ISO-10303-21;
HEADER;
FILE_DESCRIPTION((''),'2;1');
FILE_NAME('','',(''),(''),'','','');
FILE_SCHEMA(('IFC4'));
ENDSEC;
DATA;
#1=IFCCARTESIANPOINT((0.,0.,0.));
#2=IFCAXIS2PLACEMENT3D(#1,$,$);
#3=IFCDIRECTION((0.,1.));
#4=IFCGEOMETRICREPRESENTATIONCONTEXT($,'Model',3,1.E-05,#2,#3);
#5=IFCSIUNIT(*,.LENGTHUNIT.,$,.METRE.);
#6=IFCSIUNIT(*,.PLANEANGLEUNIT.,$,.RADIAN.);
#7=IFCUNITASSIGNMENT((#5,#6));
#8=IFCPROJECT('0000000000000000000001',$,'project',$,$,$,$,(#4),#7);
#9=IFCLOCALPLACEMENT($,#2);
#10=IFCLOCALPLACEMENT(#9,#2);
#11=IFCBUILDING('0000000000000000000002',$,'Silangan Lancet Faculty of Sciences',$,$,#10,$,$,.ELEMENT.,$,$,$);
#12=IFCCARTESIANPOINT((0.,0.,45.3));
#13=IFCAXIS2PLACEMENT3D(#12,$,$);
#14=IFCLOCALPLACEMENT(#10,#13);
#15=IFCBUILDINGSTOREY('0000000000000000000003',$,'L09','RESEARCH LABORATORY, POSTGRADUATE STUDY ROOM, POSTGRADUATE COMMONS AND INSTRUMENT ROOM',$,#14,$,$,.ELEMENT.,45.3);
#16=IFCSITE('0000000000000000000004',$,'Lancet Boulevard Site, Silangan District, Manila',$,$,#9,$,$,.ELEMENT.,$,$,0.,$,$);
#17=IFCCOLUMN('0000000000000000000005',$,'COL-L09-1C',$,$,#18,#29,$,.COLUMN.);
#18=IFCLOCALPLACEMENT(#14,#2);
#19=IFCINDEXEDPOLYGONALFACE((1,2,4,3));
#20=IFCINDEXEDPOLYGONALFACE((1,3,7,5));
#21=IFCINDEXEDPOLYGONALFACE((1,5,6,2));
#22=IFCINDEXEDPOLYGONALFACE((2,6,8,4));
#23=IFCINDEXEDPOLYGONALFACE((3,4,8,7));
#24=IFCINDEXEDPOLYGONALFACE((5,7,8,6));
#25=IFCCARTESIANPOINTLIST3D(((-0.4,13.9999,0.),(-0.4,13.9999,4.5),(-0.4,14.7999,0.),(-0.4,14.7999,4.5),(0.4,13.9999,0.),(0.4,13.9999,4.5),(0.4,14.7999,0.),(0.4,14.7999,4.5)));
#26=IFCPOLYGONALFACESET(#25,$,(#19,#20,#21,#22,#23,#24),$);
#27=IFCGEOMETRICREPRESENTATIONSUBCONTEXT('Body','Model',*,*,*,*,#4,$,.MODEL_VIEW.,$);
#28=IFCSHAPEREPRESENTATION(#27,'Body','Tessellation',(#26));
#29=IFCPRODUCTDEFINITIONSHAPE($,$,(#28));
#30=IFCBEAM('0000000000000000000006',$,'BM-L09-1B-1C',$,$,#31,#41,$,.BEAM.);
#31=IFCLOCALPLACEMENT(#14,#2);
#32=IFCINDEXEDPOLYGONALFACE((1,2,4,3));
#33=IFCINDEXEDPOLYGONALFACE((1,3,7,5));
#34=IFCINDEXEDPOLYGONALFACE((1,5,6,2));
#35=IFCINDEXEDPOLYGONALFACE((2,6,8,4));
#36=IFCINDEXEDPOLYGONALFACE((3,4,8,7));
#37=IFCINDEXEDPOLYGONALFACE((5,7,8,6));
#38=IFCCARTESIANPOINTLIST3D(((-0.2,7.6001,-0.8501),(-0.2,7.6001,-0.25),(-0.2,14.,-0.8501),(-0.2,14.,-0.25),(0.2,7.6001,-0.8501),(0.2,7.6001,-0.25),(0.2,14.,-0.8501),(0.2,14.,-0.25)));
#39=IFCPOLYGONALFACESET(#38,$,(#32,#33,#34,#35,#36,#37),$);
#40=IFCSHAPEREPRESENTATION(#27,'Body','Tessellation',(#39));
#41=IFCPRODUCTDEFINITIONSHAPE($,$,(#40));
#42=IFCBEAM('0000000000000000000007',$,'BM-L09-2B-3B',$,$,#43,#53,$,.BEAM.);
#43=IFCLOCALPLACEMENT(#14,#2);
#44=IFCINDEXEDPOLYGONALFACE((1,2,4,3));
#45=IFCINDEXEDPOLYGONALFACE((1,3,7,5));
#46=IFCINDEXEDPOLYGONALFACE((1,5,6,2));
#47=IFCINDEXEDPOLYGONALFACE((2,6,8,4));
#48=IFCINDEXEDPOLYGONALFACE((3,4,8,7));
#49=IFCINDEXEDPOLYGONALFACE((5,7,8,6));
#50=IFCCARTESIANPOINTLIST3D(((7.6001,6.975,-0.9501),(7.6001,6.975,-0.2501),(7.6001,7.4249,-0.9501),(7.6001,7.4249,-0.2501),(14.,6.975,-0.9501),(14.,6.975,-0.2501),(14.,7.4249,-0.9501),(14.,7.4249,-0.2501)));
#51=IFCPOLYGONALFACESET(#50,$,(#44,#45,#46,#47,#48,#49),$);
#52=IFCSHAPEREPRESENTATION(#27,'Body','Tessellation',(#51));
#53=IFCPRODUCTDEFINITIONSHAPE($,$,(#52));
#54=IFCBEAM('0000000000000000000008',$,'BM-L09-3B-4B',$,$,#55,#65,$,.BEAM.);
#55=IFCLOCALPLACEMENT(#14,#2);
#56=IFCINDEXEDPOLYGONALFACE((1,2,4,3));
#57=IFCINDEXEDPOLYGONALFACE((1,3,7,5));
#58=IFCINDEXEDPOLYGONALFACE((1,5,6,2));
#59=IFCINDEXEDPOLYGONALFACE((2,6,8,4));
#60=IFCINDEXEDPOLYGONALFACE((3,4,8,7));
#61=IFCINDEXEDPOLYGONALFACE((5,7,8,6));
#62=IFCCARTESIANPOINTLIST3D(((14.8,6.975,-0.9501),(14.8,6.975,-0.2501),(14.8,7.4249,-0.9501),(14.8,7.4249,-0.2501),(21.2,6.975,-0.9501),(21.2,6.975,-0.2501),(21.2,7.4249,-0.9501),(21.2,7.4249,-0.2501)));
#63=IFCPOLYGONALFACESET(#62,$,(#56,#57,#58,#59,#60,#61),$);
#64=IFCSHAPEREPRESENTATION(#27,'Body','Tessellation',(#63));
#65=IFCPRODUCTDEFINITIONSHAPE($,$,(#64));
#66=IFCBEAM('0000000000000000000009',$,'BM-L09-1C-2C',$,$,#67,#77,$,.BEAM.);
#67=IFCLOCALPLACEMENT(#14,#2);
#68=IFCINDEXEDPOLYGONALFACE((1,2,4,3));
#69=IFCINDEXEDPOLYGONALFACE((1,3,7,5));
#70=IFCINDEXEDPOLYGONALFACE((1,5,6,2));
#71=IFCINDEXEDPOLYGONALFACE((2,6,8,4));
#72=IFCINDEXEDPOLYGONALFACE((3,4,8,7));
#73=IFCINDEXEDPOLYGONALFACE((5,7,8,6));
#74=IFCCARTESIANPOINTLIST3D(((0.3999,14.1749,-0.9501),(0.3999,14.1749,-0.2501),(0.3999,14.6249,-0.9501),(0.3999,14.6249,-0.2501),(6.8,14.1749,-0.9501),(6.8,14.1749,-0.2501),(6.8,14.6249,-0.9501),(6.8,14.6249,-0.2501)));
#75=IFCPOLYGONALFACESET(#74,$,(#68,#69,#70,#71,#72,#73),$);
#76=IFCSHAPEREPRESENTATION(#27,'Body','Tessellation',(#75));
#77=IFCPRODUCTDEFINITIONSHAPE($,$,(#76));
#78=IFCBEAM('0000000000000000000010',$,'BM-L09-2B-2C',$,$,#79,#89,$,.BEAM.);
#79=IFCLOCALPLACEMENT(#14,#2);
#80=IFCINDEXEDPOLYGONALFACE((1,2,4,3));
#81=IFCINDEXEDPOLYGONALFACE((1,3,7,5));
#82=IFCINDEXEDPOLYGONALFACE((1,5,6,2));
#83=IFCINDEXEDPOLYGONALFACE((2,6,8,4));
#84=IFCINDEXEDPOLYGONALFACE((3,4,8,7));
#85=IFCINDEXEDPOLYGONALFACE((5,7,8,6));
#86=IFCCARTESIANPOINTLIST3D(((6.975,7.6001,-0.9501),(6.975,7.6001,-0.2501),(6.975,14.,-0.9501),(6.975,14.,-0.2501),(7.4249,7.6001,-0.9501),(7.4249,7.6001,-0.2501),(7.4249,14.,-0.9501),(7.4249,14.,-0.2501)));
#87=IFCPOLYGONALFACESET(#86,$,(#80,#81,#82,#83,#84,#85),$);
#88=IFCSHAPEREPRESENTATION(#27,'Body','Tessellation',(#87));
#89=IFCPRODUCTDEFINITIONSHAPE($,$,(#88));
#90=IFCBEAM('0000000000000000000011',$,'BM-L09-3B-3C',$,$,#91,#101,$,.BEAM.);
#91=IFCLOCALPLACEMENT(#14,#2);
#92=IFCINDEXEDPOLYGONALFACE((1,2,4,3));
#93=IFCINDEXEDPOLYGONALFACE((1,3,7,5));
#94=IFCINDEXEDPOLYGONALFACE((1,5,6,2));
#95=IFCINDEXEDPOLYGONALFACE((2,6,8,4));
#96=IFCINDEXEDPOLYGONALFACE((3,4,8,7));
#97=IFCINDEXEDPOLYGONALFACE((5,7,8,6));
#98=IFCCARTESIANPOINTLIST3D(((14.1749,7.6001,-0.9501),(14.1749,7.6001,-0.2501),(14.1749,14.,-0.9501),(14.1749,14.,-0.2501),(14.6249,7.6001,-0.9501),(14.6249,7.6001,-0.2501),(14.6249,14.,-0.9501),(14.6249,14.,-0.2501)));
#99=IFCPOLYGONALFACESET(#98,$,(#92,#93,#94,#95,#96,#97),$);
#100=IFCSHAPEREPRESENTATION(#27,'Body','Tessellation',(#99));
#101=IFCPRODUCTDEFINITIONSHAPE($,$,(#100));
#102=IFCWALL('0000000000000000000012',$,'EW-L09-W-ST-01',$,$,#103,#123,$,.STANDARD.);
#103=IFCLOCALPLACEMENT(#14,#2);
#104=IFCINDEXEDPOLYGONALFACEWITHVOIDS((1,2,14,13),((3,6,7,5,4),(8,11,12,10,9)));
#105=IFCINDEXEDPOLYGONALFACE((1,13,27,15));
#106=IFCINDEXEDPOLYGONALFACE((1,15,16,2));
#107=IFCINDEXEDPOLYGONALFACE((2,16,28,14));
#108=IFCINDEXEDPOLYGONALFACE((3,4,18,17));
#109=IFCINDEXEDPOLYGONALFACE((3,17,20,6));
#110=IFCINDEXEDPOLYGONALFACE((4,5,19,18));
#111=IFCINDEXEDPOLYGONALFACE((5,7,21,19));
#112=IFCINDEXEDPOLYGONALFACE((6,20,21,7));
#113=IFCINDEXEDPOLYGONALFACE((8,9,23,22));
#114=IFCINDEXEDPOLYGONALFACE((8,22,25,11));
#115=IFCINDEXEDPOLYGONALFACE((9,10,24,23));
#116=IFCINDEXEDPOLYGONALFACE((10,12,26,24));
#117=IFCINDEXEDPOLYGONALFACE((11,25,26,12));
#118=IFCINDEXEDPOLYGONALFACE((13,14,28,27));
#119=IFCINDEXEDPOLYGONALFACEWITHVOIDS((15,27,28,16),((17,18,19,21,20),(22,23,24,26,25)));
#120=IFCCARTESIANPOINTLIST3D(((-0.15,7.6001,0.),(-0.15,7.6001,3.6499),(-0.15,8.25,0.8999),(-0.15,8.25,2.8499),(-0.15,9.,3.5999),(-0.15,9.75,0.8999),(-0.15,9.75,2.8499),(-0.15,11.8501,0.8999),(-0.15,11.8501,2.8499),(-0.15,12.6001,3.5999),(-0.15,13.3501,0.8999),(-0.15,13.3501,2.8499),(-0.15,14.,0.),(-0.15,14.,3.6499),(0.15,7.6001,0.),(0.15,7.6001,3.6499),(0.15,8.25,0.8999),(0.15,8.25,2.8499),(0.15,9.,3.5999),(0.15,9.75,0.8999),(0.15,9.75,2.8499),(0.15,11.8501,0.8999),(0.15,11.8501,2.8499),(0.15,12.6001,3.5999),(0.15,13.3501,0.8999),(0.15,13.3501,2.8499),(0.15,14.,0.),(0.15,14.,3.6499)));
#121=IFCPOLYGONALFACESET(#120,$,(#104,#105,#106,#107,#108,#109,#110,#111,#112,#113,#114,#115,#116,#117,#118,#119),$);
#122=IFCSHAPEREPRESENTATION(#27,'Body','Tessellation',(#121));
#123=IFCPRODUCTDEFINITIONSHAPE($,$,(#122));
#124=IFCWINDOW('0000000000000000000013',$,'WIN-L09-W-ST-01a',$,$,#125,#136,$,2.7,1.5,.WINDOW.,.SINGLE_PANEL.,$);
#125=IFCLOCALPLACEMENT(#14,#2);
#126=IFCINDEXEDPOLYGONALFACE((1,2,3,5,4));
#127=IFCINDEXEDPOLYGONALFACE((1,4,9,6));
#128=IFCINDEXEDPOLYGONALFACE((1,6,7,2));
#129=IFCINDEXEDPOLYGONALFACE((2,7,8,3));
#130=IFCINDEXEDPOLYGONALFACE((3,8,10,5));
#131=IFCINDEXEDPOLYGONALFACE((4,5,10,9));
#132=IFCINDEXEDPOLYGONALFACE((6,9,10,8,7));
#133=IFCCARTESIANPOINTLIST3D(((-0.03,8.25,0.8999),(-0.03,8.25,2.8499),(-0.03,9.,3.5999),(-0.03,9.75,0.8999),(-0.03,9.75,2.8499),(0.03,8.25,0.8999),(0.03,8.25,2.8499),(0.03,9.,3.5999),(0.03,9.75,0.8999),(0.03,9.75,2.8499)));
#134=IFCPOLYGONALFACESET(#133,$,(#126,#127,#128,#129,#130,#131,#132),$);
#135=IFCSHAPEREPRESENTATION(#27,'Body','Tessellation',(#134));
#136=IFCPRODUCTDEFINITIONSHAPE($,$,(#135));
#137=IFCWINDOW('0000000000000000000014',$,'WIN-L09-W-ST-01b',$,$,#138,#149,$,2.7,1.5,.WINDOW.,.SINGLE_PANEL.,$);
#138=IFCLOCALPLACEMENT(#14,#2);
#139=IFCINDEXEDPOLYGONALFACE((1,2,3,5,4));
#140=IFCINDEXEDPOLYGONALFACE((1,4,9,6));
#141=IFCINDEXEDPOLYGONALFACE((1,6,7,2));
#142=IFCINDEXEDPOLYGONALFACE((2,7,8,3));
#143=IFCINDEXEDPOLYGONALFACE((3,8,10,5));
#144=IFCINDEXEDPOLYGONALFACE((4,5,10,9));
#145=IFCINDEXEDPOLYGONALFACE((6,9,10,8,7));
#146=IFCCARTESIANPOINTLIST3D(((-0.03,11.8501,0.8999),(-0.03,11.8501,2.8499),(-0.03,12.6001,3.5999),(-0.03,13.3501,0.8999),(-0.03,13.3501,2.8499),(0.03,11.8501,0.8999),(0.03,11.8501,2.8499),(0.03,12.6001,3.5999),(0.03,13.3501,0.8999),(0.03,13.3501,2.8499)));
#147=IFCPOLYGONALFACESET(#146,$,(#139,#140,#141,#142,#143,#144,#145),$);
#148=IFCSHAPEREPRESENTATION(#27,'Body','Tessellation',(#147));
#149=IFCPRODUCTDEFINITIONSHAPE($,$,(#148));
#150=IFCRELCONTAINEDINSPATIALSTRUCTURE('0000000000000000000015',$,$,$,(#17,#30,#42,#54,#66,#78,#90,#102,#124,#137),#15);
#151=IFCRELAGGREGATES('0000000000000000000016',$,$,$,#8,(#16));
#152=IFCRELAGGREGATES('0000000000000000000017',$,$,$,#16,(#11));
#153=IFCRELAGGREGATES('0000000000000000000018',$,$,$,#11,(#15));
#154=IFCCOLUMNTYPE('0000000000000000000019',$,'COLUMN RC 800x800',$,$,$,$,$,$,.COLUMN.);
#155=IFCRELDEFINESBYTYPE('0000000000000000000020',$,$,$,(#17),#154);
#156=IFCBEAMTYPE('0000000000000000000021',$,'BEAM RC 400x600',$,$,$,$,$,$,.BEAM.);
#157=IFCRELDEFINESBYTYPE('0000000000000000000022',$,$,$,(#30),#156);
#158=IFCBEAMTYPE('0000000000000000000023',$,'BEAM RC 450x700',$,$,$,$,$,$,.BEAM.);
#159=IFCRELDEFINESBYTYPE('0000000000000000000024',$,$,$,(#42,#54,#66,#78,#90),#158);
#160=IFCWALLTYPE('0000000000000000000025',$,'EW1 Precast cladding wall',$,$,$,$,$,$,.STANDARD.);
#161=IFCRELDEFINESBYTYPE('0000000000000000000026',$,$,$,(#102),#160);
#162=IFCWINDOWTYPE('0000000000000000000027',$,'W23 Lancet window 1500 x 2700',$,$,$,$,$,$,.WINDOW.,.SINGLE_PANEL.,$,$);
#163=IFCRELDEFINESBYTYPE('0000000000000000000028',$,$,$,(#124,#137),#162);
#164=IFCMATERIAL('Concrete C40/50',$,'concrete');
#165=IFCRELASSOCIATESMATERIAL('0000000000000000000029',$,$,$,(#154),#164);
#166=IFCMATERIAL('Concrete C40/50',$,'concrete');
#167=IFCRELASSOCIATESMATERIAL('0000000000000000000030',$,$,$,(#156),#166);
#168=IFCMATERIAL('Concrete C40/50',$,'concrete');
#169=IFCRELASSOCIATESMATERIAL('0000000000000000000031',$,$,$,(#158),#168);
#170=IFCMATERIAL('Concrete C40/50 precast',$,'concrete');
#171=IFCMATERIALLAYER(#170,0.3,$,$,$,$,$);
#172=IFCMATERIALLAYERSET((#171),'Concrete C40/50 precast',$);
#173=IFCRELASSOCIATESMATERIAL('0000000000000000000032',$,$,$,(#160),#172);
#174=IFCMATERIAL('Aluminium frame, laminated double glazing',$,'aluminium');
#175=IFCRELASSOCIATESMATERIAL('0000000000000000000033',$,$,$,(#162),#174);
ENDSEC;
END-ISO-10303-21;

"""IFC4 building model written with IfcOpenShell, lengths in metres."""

from ifc_helpers import new_model, si_unit, direction, frame, frame_2d, origin, origin_2d, place, context, subcontext, project, spatial, polyline, rectangle, outline, extrude, material, layer, layer_set, material_profile, profile_set, type_object, element, fill, save


model = new_model("IFC4")

# Units and contexts
model_context = context("Model", 3, precision=1e-05, world=origin(), true_north=direction((0.0, 1.0)))
body_context = subcontext(model_context, "Body", "Model", "MODEL_VIEW")
ifc_project = project(units=[si_unit("LENGTHUNIT", "METRE"), si_unit("PLANEANGLEUNIT", "RADIAN")], contexts=[model_context])

# Site, building, storey
site_placement = place(None, origin())
site = spatial("IfcSite", under=ifc_project, at=site_placement, Name="Lancet Boulevard Site, Silangan District, Manila", CompositionType="ELEMENT", RefElevation=0.0)
building_placement = place(site_placement, origin())
building = spatial("IfcBuilding", under=site, at=building_placement, Name="Silangan Lancet Faculty of Sciences", CompositionType="ELEMENT")
storey_placement = place(building_placement, frame((0.0, 0.0, 45.3)))
storey = spatial("IfcBuildingStorey", under=building, at=storey_placement, Name="L09", Description="RESEARCH LABORATORY, POSTGRADUATE STUDY ROOM, POSTGRADUATE COMMONS AND INSTRUMENT ROOM", CompositionType="ELEMENT", Elevation=45.3)

# Column
ifc_material_1 = material(Name="Concrete C40/50", Category="concrete")
ifc_material_profile_1 = material_profile(ifc_material_1, rectangle(XDim=0.8, YDim=0.8, at=origin_2d()), Name="RC 800x800")
ifc_profile_set_1 = profile_set([ifc_material_profile_1], Name="Concrete C40/50")
column_type = type_object("IfcColumnType", Name="COLUMN RC 800x800", PredefinedType="COLUMN", material=ifc_profile_set_1)
column_placement = place(storey_placement, frame((0.0, 14.3999, 0.0), z_axis=(0.0, 0.0, 1.0), x_axis=(1.0, 0.0, 0.0)))
element("IfcColumn", 1, at=column_placement, inside=storey, type_object=column_type, Name="COL-L09-1C", PredefinedType="COLUMN", context=body_context, shape_type="SweptSolid", body=[
    extrude(rectangle(XDim=0.8, YDim=0.8, at=origin_2d()), origin(), (0.0, 0.0, 1.0), 4.5),
])

# Beams
ifc_material_2 = material(Name="Concrete C40/50", Category="concrete")
ifc_material_profile_2 = material_profile(ifc_material_2, rectangle(XDim=0.3999, YDim=0.6001, at=origin_2d()), Name="RC 400x600")
ifc_profile_set_2 = profile_set([ifc_material_profile_2], Name="Concrete C40/50")
beam_type_1 = type_object("IfcBeamType", Name="BEAM RC 400x600", PredefinedType="BEAM", material=ifc_profile_set_2)
beam_1_placement = place(storey_placement, frame((0.0, 7.6001, -0.55), z_axis=(0.0, 1.0, 0.0), x_axis=(-1.0, 0.0, 0.0)))
element("IfcBeam", 2, at=beam_1_placement, inside=storey, type_object=beam_type_1, Name="BM-L09-1B-1C", PredefinedType="BEAM", context=body_context, shape_type="SweptSolid", body=[
    extrude(rectangle(XDim=0.3999, YDim=0.6001, at=origin_2d()), origin(), (0.0, 0.0, 1.0), 6.3999),
])
ifc_material_3 = material(Name="Concrete C40/50", Category="concrete")
ifc_material_profile_3 = material_profile(ifc_material_3, rectangle(XDim=0.45, YDim=0.7, at=origin_2d()), Name="RC 450x700")
ifc_profile_set_3 = profile_set([ifc_material_profile_3], Name="Concrete C40/50")
beam_type_2 = type_object("IfcBeamType", Name="BEAM RC 450x700", PredefinedType="BEAM", material=ifc_profile_set_3)
for number, where, z_axis, x_axis, name in (
    (3, (7.6001, 7.2, -0.6001), (1.0, 0.0, 0.0), (0.0, 1.0, 0.0), "BM-L09-2B-3B"),
    (4, (14.8, 7.2, -0.6001), (1.0, 0.0, 0.0), (0.0, 1.0, 0.0), "BM-L09-3B-4B"),
):
    element("IfcBeam", number, at=place(storey_placement, frame(where, z_axis=z_axis, x_axis=x_axis)), inside=storey, type_object=beam_type_2, Name=name, PredefinedType="BEAM", context=body_context, shape_type="SweptSolid", body=[
        extrude(rectangle(XDim=0.45, YDim=0.7, at=origin_2d()), origin(), (0.0, 0.0, 1.0), 6.3999),
    ])
beam_2_placement = place(storey_placement, frame((0.3999, 14.3999, -0.6001), z_axis=(1.0, 0.0, 0.0), x_axis=(0.0, 1.0, 0.0)))
element("IfcBeam", 5, at=beam_2_placement, inside=storey, type_object=beam_type_2, Name="BM-L09-1C-2C", PredefinedType="BEAM", context=body_context, shape_type="SweptSolid", body=[
    extrude(rectangle(XDim=0.45, YDim=0.7, at=origin_2d()), origin(), (0.0, 0.0, 1.0), 6.4001),
])
for number, where, z_axis, x_axis, name in (
    (6, (7.2, 7.6001, -0.6001), (0.0, 1.0, 0.0), (-1.0, 0.0, 0.0), "BM-L09-2B-2C"),
    (7, (14.3999, 7.6001, -0.6001), (0.0, 1.0, 0.0), (-1.0, 0.0, 0.0), "BM-L09-3B-3C"),
):
    element("IfcBeam", number, at=place(storey_placement, frame(where, z_axis=z_axis, x_axis=x_axis)), inside=storey, type_object=beam_type_2, Name=name, PredefinedType="BEAM", context=body_context, shape_type="SweptSolid", body=[
        extrude(rectangle(XDim=0.45, YDim=0.7, at=origin_2d()), origin(), (0.0, 0.0, 1.0), 6.3999),
    ])

# Wall, openings, windows
ifc_material_4 = material(Name="Concrete C40/50 precast", Category="concrete")
ifc_layer_1 = layer(ifc_material_4, 0.3)
ifc_layer_set_1 = layer_set([ifc_layer_1], Name="Concrete C40/50 precast")
wall_type_1 = type_object("IfcWallType", Name="EW1 Precast cladding wall", PredefinedType="STANDARD", material=ifc_layer_set_1)
wall_1_placement = place(storey_placement, frame((0.0, 7.6001, 0.0), z_axis=(0.0, 0.0, 1.0), x_axis=(0.0, 1.0, 0.0)))
wall_1 = element("IfcWall", 8, at=wall_1_placement, inside=storey, type_object=wall_type_1, Name="EW-L09-W-ST-01", PredefinedType="STANDARD", context=body_context, shape_type="SweptSolid", body=[
    extrude(rectangle(XDim=6.3999, YDim=0.3, at=frame_2d((3.2, 0.0))), origin(), (0.0, 0.0, 1.0), 3.6499),
])
opening_1_placement = place(wall_1_placement, frame((0.6499, 0.0, 0.8999)))
opening_1 = element("IfcOpeningElement", 9, at=opening_1_placement, cuts=wall_1, PredefinedType="OPENING", context=body_context, shape_type="SweptSolid", body=[
    extrude(outline(polyline([(0.0, 0.0), (1.5, 0.0), (1.5, 1.95), (0.75, 2.7), (0.0, 1.95), (0.0, 0.0)])), frame((0.0, 0.1599, 0.0), z_axis=(0.0, -1.0, 0.0), x_axis=(1.0, 0.0, 0.0)), (0.0, 0.0, 1.0), 0.3201),
])
opening_2_placement = place(wall_1_placement, frame((4.25, 0.0, 0.8999)))
opening_2 = element("IfcOpeningElement", 10, at=opening_2_placement, cuts=wall_1, PredefinedType="OPENING", context=body_context, shape_type="SweptSolid", body=[
    extrude(outline(polyline([(0.0, 0.0), (1.5, 0.0), (1.5, 1.95), (0.75, 2.7), (0.0, 1.95), (0.0, 0.0)])), frame((0.0, 0.1599, 0.0), z_axis=(0.0, -1.0, 0.0), x_axis=(1.0, 0.0, 0.0)), (0.0, 0.0, 1.0), 0.3201),
])
ifc_material_5 = material(Name="Aluminium frame, laminated double glazing", Category="aluminium")
window_type = type_object("IfcWindowType", Name="W23 Lancet window 1500 x 2700", PartitioningType="SINGLE_PANEL", PredefinedType="WINDOW", material=ifc_material_5)
window_1_placement = place(opening_1_placement, origin())
window_1 = element("IfcWindow", 11, at=window_1_placement, inside=storey, type_object=window_type, Name="WIN-L09-W-ST-01a", OverallHeight=2.7, OverallWidth=1.5, PartitioningType="SINGLE_PANEL", PredefinedType="WINDOW", context=body_context, shape_type="SweptSolid", body=[
    extrude(outline(polyline([(0.0, 0.0), (1.5, 0.0), (1.5, 1.95), (0.75, 2.7), (0.0, 1.95), (0.0, 0.0)])), frame((0.0, 0.03, 0.0), z_axis=(0.0, -1.0, 0.0), x_axis=(1.0, 0.0, 0.0)), (0.0, 0.0, 1.0), 0.0601),
])
fill(opening_1, window_1)
window_2_placement = place(opening_2_placement, origin())
window_2 = element("IfcWindow", 12, at=window_2_placement, inside=storey, type_object=window_type, Name="WIN-L09-W-ST-01b", OverallHeight=2.7, OverallWidth=1.5, PartitioningType="SINGLE_PANEL", PredefinedType="WINDOW", context=body_context, shape_type="SweptSolid", body=[
    extrude(outline(polyline([(0.0, 0.0), (1.5, 0.0), (1.5, 1.95), (0.75, 2.7), (0.0, 1.95), (0.0, 0.0)])), frame((0.0, 0.03, 0.0), z_axis=(0.0, -1.0, 0.0), x_axis=(1.0, 0.0, 0.0)), (0.0, 0.0, 1.0), 0.0601),
])
fill(opening_2, window_2)

save(model, "model.ifc")
